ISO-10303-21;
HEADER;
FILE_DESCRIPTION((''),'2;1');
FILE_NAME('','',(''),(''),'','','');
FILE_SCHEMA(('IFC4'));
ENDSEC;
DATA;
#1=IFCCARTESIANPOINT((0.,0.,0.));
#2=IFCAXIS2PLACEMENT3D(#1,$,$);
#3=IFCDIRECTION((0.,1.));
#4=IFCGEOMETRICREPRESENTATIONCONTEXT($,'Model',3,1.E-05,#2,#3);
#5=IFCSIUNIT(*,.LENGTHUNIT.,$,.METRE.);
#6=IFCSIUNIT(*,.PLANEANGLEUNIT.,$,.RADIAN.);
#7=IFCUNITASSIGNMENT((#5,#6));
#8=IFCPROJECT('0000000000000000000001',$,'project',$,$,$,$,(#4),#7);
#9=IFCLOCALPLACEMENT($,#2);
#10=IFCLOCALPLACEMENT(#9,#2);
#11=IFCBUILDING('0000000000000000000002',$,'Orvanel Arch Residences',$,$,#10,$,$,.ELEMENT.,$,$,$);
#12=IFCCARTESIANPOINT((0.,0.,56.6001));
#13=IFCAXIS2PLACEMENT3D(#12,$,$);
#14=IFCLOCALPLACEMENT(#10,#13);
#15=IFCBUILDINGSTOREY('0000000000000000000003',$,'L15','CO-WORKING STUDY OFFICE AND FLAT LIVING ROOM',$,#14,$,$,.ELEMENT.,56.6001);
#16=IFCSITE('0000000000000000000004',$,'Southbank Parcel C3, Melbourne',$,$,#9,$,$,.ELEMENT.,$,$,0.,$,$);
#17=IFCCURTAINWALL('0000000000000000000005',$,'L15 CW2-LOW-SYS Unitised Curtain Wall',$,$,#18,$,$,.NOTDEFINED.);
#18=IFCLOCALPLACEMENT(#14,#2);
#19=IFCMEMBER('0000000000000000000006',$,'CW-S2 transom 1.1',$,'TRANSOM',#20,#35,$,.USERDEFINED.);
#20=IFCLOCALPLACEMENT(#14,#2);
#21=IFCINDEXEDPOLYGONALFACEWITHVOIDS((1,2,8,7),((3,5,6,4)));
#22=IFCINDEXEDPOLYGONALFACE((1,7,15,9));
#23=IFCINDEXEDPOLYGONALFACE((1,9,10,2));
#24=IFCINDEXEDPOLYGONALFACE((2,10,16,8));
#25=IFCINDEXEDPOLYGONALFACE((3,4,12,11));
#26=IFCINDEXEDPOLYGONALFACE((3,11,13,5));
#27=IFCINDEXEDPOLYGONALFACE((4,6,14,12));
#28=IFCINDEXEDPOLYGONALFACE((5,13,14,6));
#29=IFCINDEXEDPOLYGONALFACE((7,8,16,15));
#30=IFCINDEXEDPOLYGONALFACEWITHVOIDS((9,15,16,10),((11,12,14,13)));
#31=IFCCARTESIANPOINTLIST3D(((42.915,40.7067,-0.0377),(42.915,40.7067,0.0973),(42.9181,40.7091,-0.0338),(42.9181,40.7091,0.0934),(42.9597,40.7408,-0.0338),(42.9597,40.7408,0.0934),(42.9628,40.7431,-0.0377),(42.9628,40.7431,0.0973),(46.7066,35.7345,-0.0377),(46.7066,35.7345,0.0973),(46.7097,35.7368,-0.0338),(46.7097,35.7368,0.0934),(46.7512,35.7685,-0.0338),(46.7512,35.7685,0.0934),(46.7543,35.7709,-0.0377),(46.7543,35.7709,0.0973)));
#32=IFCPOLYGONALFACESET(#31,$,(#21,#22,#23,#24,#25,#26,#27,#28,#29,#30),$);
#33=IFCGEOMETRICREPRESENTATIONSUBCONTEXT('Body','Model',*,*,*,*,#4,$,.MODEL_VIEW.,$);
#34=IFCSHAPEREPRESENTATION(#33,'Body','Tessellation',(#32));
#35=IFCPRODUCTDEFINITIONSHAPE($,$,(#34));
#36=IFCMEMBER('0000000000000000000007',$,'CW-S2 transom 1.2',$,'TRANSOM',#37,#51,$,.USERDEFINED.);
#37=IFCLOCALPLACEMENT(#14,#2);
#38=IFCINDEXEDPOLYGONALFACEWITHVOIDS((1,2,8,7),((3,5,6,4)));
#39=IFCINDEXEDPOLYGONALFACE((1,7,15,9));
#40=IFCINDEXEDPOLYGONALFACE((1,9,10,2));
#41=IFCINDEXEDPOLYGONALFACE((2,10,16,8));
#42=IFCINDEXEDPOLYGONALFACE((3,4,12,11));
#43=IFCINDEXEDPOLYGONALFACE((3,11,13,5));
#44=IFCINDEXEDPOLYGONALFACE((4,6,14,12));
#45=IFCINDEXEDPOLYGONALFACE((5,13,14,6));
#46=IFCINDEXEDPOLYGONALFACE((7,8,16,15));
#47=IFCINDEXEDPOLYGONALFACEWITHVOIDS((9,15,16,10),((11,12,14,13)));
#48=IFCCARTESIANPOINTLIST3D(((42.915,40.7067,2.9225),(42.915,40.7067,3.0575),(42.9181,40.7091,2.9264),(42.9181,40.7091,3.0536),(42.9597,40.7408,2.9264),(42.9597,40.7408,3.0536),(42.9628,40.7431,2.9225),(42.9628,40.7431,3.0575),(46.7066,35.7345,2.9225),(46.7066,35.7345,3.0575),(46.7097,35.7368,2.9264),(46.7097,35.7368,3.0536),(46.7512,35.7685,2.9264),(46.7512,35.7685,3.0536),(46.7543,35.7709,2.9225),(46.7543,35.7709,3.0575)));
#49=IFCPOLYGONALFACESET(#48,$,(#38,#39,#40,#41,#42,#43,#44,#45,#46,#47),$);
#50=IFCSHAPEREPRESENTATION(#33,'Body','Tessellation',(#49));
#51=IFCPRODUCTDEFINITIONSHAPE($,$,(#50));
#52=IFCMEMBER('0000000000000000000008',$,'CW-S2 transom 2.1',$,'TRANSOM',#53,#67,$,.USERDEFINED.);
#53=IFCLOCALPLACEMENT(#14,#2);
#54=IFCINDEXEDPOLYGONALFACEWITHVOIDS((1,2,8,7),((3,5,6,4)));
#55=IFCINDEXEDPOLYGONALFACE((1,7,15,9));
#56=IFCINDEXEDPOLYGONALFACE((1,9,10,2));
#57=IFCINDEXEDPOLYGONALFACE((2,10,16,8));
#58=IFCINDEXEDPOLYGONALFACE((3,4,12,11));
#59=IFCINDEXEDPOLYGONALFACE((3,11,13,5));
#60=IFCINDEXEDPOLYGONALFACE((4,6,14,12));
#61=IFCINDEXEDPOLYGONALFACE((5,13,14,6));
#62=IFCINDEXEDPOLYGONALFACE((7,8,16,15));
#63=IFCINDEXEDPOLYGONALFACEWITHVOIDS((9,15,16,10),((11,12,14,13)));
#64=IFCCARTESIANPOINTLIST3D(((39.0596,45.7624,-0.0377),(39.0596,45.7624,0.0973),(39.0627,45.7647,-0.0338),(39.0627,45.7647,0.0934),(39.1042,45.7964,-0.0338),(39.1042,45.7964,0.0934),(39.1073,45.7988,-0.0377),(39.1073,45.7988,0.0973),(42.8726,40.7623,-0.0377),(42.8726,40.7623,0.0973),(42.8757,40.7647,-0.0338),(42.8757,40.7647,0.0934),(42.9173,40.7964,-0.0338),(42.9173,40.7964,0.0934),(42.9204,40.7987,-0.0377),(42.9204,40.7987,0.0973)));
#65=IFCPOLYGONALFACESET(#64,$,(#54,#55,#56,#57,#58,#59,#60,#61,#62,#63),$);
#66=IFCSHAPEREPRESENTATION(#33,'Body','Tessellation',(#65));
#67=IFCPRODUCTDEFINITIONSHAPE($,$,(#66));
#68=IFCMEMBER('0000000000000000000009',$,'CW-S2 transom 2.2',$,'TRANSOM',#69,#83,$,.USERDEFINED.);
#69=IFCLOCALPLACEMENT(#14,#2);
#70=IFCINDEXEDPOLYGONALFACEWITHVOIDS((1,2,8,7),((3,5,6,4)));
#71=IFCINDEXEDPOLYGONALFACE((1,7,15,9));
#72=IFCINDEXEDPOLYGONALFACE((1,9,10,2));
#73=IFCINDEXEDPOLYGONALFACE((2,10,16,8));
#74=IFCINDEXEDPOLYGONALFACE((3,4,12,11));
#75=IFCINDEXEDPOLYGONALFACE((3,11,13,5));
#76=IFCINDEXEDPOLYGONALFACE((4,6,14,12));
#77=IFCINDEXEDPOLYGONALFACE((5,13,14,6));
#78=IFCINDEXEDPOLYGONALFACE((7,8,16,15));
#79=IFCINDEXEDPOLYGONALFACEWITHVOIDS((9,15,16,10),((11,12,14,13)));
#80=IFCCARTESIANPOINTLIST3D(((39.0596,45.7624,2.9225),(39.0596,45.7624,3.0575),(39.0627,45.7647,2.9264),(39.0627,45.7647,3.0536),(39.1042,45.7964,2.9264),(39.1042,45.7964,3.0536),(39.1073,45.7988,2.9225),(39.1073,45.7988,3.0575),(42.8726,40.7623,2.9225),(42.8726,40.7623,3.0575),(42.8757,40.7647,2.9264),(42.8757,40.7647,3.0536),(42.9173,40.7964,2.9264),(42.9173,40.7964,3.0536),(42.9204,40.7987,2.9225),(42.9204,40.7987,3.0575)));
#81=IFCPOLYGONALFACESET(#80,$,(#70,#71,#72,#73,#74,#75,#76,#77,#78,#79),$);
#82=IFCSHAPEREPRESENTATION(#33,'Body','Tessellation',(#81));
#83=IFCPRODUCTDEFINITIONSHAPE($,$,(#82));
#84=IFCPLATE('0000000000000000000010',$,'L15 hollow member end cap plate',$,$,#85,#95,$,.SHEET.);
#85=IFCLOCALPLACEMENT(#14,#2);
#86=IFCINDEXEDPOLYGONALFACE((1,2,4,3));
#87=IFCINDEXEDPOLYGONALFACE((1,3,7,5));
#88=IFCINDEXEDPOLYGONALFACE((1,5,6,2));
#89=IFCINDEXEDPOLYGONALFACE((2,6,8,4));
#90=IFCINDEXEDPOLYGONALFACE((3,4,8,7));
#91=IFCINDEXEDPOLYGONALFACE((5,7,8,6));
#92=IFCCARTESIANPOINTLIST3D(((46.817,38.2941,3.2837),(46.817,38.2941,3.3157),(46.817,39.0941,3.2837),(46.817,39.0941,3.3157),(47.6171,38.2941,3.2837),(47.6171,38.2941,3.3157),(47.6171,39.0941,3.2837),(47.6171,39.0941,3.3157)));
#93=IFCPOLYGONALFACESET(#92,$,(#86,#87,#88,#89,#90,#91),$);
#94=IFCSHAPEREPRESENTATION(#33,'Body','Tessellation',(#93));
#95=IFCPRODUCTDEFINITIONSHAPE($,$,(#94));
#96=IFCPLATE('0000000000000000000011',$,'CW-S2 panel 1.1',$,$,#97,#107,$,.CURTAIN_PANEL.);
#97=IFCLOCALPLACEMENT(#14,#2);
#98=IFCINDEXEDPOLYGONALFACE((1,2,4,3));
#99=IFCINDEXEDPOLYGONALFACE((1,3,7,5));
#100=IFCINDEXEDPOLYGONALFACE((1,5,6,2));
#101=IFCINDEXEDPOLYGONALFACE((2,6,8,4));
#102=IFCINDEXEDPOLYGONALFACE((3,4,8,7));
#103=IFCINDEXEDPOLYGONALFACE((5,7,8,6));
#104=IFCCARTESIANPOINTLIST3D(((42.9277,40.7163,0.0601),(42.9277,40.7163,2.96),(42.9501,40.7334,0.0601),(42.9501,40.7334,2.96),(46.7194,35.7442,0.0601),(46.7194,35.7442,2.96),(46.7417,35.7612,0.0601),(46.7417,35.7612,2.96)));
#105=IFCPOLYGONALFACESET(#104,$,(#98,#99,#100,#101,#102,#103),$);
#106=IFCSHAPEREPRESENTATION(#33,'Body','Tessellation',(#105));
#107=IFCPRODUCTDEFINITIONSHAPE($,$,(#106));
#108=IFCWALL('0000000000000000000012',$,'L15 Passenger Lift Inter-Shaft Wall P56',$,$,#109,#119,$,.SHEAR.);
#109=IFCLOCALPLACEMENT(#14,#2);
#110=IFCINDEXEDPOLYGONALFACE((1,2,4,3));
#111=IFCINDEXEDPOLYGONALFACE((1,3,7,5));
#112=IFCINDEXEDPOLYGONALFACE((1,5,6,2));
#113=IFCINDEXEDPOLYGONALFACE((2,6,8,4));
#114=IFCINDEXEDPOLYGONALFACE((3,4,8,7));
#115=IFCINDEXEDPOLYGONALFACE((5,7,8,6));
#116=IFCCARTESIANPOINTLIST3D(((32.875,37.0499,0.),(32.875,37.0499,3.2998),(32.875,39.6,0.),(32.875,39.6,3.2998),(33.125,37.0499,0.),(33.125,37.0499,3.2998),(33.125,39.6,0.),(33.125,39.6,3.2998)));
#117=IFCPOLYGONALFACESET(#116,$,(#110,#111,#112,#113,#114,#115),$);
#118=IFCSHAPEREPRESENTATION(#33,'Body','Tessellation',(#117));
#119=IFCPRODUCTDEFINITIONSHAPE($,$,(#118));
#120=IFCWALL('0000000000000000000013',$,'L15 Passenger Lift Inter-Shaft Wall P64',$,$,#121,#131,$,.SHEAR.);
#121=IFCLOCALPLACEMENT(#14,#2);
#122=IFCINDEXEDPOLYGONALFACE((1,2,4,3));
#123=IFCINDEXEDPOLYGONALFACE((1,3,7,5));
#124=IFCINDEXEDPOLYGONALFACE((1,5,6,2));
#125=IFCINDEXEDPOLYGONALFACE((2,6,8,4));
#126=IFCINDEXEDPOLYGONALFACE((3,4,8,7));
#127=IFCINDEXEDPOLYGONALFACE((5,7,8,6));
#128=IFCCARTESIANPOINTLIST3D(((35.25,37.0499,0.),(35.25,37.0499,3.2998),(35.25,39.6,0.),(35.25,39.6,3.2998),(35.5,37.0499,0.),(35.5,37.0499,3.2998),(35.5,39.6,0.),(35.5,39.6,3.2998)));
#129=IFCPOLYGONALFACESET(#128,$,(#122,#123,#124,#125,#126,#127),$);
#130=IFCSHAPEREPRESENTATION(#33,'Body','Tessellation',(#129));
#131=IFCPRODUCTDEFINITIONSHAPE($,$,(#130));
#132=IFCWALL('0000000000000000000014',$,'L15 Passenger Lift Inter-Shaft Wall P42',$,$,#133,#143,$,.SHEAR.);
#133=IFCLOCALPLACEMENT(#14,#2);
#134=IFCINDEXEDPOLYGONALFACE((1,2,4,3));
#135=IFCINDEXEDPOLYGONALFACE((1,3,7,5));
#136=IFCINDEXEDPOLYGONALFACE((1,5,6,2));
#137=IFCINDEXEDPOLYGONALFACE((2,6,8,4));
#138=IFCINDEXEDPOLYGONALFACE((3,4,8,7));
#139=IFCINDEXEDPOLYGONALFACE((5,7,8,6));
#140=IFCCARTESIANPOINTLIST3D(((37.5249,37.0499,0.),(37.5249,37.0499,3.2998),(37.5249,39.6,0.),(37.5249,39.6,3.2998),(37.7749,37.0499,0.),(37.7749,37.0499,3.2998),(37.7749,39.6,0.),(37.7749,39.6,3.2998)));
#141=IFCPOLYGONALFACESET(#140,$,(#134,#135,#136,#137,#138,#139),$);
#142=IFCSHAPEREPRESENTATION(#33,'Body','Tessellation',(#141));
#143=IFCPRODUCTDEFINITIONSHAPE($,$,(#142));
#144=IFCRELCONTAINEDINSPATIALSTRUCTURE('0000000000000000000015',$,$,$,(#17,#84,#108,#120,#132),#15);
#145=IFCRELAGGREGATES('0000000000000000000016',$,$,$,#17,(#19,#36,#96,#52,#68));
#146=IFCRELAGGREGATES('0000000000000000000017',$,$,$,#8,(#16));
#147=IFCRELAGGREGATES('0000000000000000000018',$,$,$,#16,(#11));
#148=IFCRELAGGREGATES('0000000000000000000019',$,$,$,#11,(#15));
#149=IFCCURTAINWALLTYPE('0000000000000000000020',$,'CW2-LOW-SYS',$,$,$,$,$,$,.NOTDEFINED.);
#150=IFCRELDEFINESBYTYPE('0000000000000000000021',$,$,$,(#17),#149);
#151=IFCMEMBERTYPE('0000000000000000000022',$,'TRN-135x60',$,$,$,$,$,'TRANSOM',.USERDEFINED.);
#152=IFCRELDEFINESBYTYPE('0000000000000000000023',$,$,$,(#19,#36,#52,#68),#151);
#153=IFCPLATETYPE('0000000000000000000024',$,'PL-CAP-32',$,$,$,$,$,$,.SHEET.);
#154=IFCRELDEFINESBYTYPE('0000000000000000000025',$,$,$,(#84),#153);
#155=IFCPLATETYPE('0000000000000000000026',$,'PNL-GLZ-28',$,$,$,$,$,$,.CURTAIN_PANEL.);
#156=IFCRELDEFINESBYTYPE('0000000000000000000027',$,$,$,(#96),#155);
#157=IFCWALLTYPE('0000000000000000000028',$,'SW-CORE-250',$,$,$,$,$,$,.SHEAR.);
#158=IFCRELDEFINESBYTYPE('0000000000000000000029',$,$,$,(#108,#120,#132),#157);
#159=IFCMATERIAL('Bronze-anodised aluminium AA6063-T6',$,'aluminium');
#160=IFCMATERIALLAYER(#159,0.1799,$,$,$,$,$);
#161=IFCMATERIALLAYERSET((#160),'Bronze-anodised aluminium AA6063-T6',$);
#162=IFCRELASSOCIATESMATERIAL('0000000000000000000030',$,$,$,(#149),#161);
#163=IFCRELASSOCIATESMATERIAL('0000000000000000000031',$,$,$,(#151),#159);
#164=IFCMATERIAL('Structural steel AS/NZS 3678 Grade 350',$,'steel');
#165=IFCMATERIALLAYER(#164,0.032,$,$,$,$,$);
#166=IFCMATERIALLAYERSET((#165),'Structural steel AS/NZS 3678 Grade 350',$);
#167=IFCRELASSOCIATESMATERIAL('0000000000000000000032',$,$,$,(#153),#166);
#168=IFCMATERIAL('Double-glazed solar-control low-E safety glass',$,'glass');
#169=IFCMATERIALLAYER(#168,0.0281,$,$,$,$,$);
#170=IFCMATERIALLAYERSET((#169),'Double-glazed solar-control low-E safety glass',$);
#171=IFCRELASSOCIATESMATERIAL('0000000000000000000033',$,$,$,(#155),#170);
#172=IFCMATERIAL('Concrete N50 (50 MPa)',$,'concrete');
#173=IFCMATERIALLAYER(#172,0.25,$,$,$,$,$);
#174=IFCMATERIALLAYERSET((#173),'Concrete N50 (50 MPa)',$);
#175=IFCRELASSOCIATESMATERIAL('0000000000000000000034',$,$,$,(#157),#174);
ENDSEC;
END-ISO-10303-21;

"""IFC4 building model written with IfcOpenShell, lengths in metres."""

from ifc_helpers import new_model, si_unit, direction, frame, frame_2d, origin, origin_2d, place, context, subcontext, project, spatial, rectangle, hollow_rectangle, extrude, material, layer, layer_set, material_profile, profile_set, type_object, element, aggregate, save


model = new_model("IFC4")

# Units and contexts
model_context = context("Model", 3, precision=1e-05, world=origin(), true_north=direction((0.0, 1.0)))
body_context = subcontext(model_context, "Body", "Model", "MODEL_VIEW")
ifc_project = project(units=[si_unit("LENGTHUNIT", "METRE"), si_unit("PLANEANGLEUNIT", "RADIAN")], contexts=[model_context])

# Site, building, storey
site_placement = place(None, origin())
site = spatial("IfcSite", under=ifc_project, at=site_placement, Name="Southbank Parcel C3, Melbourne", CompositionType="ELEMENT", RefElevation=0.0)
building_placement = place(site_placement, origin())
building = spatial("IfcBuilding", under=site, at=building_placement, Name="Orvanel Arch Residences", CompositionType="ELEMENT")
storey_placement = place(building_placement, frame((0.0, 0.0, 56.6001)))
storey = spatial("IfcBuildingStorey", under=building, at=storey_placement, Name="L15", Description="CO-WORKING STUDY OFFICE AND FLAT LIVING ROOM", CompositionType="ELEMENT", Elevation=56.6001)

# Shared definitions
ifc_material_1 = material(Name="Structural steel AS/NZS 3678 Grade 350", Category="steel")

# Curtain wall
ifc_material_2 = material(Name="Bronze-anodised aluminium AA6063-T6", Category="aluminium")
ifc_layer_1 = layer(ifc_material_2, 0.1799)
ifc_layer_set_1 = layer_set([ifc_layer_1], Name="Bronze-anodised aluminium AA6063-T6")
curtain_wall_type = type_object("IfcCurtainWallType", Name="CW2-LOW-SYS", PredefinedType="NOTDEFINED", material=ifc_layer_set_1)
curtain_wall_placement = place(storey_placement, origin())
curtain_wall = element("IfcCurtainWall", 1, at=curtain_wall_placement, inside=storey, type_object=curtain_wall_type, Name="L15 CW2-LOW-SYS Unitised Curtain Wall", PredefinedType="NOTDEFINED")

# Members
ifc_material_profile_1 = material_profile(ifc_material_2, hollow_rectangle(XDim=0.0601, YDim=0.135, WallThickness=0.0039, at=origin_2d()), Name="ALU135x60x4")
ifc_profile_set_1 = profile_set([ifc_material_profile_1], Name="Bronze-anodised aluminium AA6063-T6")
member_type_1 = type_object("IfcMemberType", Name="TRN-135x60", ElementType="TRANSOM", PredefinedType="USERDEFINED", material=ifc_profile_set_1)
member_1_placement = place(storey_placement, frame((46.7305, 35.7527, 0.0298), z_axis=(-0.606365, 0.795186, 0.0), x_axis=(-0.795186, -0.606365, 0.0)))
member_1 = element("IfcMember", 2, at=member_1_placement, type_object=member_type_1, Name="CW-S2 transom 1.1", ObjectType="TRANSOM", PredefinedType="USERDEFINED", context=body_context, shape_type="SweptSolid", body=[
    extrude(hollow_rectangle(XDim=0.0601, YDim=0.135, WallThickness=0.0039, at=origin_2d()), origin(), (0.0, 0.0, 1.0), 6.2529),
])
member_2_placement = place(storey_placement, frame((46.7305, 35.7527, 2.99), z_axis=(-0.606365, 0.795186, 0.0), x_axis=(-0.795186, -0.606365, 0.0)))
member_2 = element("IfcMember", 3, at=member_2_placement, type_object=member_type_1, Name="CW-S2 transom 1.2", ObjectType="TRANSOM", PredefinedType="USERDEFINED", context=body_context, shape_type="SweptSolid", body=[
    extrude(hollow_rectangle(XDim=0.0601, YDim=0.135, WallThickness=0.0039, at=origin_2d()), origin(), (0.0, 0.0, 1.0), 6.2529),
])
member_3_placement = place(storey_placement, frame((42.8965, 40.7805, 0.0298), z_axis=(-0.606392, 0.795166, 0.0), x_axis=(-0.795166, -0.606392, 0.0)))
member_3 = element("IfcMember", 4, at=member_3_placement, type_object=member_type_1, Name="CW-S2 transom 2.1", ObjectType="TRANSOM", PredefinedType="USERDEFINED", context=body_context, shape_type="SweptSolid", body=[
    extrude(hollow_rectangle(XDim=0.0601, YDim=0.135, WallThickness=0.0039, at=origin_2d()), origin(), (0.0, 0.0, 1.0), 6.2881),
])
member_4_placement = place(storey_placement, frame((42.8965, 40.7805, 2.99), z_axis=(-0.606392, 0.795166, 0.0), x_axis=(-0.795166, -0.606392, 0.0)))
member_4 = element("IfcMember", 5, at=member_4_placement, type_object=member_type_1, Name="CW-S2 transom 2.2", ObjectType="TRANSOM", PredefinedType="USERDEFINED", context=body_context, shape_type="SweptSolid", body=[
    extrude(hollow_rectangle(XDim=0.0601, YDim=0.135, WallThickness=0.0039, at=origin_2d()), origin(), (0.0, 0.0, 1.0), 6.2881),
])

# Plates
ifc_layer_2 = layer(ifc_material_1, 0.032)
ifc_layer_set_2 = layer_set([ifc_layer_2], Name="Structural steel AS/NZS 3678 Grade 350")
plate_type_1 = type_object("IfcPlateType", Name="PL-CAP-32", PredefinedType="SHEET", material=ifc_layer_set_2)
plate_1_placement = place(storey_placement, frame((47.217, 38.6941, 3.2837), z_axis=(0.0, 0.0, 1.0), x_axis=(1.0, 0.0, 0.0)))
element("IfcPlate", 6, at=plate_1_placement, inside=storey, type_object=plate_type_1, Name="L15 hollow member end cap plate", PredefinedType="SHEET", context=body_context, shape_type="SweptSolid", body=[
    extrude(rectangle(XDim=0.8, YDim=0.8, at=origin_2d()), origin(), (0.0, 0.0, 1.0), 0.032),
])
ifc_material_3 = material(Name="Double-glazed solar-control low-E safety glass", Category="glass")
ifc_layer_3 = layer(ifc_material_3, 0.0281)
ifc_layer_set_3 = layer_set([ifc_layer_3], Name="Double-glazed solar-control low-E safety glass")
plate_type_2 = type_object("IfcPlateType", Name="PNL-GLZ-28", PredefinedType="CURTAIN_PANEL", material=ifc_layer_set_3)
plate_2_placement = place(storey_placement, frame((44.8347, 38.2388, 0.0601), z_axis=(0.0, 0.0, 1.0), x_axis=(-0.606381, 0.795174, 0.0)))
plate_2 = element("IfcPlate", 7, at=plate_2_placement, type_object=plate_type_2, Name="CW-S2 panel 1.1", PredefinedType="CURTAIN_PANEL", context=body_context, shape_type="SweptSolid", body=[
    extrude(rectangle(XDim=6.2529, YDim=0.0281, at=origin_2d()), origin(), (0.0, 0.0, 1.0), 2.8999),
])
aggregate(curtain_wall, [member_1, member_2, plate_2, member_3, member_4])

# Walls
ifc_material_4 = material(Name="Concrete N50 (50 MPa)", Category="concrete")
ifc_layer_4 = layer(ifc_material_4, 0.25)
ifc_layer_set_4 = layer_set([ifc_layer_4], Name="Concrete N50 (50 MPa)")
wall_type_1 = type_object("IfcWallType", Name="SW-CORE-250", PredefinedType="SHEAR", material=ifc_layer_set_4)
for number, where, z_axis, x_axis, name in (
    (8, (33.0, 37.05, 0.0), (0.0, 0.0, 1.0), (0.0, 1.0, 0.0), "L15 Passenger Lift Inter-Shaft Wall P56"),
    (9, (35.375, 37.05, 0.0), (0.0, 0.0, 1.0), (0.0, 1.0, 0.0), "L15 Passenger Lift Inter-Shaft Wall P64"),
    (10, (37.6499, 37.05, 0.0), (0.0, 0.0, 1.0), (0.0, 1.0, 0.0), "L15 Passenger Lift Inter-Shaft Wall P42"),
):
    element("IfcWall", number, at=place(storey_placement, frame(where, z_axis=z_axis, x_axis=x_axis)), inside=storey, type_object=wall_type_1, Name=name, PredefinedType="SHEAR", context=body_context, shape_type="SweptSolid", body=[
        extrude(rectangle(XDim=2.55, YDim=0.25, at=frame_2d((1.2749, 0.0))), origin(), (0.0, 0.0, 1.0), 3.2998),
    ])

save(model, "model.ifc")
